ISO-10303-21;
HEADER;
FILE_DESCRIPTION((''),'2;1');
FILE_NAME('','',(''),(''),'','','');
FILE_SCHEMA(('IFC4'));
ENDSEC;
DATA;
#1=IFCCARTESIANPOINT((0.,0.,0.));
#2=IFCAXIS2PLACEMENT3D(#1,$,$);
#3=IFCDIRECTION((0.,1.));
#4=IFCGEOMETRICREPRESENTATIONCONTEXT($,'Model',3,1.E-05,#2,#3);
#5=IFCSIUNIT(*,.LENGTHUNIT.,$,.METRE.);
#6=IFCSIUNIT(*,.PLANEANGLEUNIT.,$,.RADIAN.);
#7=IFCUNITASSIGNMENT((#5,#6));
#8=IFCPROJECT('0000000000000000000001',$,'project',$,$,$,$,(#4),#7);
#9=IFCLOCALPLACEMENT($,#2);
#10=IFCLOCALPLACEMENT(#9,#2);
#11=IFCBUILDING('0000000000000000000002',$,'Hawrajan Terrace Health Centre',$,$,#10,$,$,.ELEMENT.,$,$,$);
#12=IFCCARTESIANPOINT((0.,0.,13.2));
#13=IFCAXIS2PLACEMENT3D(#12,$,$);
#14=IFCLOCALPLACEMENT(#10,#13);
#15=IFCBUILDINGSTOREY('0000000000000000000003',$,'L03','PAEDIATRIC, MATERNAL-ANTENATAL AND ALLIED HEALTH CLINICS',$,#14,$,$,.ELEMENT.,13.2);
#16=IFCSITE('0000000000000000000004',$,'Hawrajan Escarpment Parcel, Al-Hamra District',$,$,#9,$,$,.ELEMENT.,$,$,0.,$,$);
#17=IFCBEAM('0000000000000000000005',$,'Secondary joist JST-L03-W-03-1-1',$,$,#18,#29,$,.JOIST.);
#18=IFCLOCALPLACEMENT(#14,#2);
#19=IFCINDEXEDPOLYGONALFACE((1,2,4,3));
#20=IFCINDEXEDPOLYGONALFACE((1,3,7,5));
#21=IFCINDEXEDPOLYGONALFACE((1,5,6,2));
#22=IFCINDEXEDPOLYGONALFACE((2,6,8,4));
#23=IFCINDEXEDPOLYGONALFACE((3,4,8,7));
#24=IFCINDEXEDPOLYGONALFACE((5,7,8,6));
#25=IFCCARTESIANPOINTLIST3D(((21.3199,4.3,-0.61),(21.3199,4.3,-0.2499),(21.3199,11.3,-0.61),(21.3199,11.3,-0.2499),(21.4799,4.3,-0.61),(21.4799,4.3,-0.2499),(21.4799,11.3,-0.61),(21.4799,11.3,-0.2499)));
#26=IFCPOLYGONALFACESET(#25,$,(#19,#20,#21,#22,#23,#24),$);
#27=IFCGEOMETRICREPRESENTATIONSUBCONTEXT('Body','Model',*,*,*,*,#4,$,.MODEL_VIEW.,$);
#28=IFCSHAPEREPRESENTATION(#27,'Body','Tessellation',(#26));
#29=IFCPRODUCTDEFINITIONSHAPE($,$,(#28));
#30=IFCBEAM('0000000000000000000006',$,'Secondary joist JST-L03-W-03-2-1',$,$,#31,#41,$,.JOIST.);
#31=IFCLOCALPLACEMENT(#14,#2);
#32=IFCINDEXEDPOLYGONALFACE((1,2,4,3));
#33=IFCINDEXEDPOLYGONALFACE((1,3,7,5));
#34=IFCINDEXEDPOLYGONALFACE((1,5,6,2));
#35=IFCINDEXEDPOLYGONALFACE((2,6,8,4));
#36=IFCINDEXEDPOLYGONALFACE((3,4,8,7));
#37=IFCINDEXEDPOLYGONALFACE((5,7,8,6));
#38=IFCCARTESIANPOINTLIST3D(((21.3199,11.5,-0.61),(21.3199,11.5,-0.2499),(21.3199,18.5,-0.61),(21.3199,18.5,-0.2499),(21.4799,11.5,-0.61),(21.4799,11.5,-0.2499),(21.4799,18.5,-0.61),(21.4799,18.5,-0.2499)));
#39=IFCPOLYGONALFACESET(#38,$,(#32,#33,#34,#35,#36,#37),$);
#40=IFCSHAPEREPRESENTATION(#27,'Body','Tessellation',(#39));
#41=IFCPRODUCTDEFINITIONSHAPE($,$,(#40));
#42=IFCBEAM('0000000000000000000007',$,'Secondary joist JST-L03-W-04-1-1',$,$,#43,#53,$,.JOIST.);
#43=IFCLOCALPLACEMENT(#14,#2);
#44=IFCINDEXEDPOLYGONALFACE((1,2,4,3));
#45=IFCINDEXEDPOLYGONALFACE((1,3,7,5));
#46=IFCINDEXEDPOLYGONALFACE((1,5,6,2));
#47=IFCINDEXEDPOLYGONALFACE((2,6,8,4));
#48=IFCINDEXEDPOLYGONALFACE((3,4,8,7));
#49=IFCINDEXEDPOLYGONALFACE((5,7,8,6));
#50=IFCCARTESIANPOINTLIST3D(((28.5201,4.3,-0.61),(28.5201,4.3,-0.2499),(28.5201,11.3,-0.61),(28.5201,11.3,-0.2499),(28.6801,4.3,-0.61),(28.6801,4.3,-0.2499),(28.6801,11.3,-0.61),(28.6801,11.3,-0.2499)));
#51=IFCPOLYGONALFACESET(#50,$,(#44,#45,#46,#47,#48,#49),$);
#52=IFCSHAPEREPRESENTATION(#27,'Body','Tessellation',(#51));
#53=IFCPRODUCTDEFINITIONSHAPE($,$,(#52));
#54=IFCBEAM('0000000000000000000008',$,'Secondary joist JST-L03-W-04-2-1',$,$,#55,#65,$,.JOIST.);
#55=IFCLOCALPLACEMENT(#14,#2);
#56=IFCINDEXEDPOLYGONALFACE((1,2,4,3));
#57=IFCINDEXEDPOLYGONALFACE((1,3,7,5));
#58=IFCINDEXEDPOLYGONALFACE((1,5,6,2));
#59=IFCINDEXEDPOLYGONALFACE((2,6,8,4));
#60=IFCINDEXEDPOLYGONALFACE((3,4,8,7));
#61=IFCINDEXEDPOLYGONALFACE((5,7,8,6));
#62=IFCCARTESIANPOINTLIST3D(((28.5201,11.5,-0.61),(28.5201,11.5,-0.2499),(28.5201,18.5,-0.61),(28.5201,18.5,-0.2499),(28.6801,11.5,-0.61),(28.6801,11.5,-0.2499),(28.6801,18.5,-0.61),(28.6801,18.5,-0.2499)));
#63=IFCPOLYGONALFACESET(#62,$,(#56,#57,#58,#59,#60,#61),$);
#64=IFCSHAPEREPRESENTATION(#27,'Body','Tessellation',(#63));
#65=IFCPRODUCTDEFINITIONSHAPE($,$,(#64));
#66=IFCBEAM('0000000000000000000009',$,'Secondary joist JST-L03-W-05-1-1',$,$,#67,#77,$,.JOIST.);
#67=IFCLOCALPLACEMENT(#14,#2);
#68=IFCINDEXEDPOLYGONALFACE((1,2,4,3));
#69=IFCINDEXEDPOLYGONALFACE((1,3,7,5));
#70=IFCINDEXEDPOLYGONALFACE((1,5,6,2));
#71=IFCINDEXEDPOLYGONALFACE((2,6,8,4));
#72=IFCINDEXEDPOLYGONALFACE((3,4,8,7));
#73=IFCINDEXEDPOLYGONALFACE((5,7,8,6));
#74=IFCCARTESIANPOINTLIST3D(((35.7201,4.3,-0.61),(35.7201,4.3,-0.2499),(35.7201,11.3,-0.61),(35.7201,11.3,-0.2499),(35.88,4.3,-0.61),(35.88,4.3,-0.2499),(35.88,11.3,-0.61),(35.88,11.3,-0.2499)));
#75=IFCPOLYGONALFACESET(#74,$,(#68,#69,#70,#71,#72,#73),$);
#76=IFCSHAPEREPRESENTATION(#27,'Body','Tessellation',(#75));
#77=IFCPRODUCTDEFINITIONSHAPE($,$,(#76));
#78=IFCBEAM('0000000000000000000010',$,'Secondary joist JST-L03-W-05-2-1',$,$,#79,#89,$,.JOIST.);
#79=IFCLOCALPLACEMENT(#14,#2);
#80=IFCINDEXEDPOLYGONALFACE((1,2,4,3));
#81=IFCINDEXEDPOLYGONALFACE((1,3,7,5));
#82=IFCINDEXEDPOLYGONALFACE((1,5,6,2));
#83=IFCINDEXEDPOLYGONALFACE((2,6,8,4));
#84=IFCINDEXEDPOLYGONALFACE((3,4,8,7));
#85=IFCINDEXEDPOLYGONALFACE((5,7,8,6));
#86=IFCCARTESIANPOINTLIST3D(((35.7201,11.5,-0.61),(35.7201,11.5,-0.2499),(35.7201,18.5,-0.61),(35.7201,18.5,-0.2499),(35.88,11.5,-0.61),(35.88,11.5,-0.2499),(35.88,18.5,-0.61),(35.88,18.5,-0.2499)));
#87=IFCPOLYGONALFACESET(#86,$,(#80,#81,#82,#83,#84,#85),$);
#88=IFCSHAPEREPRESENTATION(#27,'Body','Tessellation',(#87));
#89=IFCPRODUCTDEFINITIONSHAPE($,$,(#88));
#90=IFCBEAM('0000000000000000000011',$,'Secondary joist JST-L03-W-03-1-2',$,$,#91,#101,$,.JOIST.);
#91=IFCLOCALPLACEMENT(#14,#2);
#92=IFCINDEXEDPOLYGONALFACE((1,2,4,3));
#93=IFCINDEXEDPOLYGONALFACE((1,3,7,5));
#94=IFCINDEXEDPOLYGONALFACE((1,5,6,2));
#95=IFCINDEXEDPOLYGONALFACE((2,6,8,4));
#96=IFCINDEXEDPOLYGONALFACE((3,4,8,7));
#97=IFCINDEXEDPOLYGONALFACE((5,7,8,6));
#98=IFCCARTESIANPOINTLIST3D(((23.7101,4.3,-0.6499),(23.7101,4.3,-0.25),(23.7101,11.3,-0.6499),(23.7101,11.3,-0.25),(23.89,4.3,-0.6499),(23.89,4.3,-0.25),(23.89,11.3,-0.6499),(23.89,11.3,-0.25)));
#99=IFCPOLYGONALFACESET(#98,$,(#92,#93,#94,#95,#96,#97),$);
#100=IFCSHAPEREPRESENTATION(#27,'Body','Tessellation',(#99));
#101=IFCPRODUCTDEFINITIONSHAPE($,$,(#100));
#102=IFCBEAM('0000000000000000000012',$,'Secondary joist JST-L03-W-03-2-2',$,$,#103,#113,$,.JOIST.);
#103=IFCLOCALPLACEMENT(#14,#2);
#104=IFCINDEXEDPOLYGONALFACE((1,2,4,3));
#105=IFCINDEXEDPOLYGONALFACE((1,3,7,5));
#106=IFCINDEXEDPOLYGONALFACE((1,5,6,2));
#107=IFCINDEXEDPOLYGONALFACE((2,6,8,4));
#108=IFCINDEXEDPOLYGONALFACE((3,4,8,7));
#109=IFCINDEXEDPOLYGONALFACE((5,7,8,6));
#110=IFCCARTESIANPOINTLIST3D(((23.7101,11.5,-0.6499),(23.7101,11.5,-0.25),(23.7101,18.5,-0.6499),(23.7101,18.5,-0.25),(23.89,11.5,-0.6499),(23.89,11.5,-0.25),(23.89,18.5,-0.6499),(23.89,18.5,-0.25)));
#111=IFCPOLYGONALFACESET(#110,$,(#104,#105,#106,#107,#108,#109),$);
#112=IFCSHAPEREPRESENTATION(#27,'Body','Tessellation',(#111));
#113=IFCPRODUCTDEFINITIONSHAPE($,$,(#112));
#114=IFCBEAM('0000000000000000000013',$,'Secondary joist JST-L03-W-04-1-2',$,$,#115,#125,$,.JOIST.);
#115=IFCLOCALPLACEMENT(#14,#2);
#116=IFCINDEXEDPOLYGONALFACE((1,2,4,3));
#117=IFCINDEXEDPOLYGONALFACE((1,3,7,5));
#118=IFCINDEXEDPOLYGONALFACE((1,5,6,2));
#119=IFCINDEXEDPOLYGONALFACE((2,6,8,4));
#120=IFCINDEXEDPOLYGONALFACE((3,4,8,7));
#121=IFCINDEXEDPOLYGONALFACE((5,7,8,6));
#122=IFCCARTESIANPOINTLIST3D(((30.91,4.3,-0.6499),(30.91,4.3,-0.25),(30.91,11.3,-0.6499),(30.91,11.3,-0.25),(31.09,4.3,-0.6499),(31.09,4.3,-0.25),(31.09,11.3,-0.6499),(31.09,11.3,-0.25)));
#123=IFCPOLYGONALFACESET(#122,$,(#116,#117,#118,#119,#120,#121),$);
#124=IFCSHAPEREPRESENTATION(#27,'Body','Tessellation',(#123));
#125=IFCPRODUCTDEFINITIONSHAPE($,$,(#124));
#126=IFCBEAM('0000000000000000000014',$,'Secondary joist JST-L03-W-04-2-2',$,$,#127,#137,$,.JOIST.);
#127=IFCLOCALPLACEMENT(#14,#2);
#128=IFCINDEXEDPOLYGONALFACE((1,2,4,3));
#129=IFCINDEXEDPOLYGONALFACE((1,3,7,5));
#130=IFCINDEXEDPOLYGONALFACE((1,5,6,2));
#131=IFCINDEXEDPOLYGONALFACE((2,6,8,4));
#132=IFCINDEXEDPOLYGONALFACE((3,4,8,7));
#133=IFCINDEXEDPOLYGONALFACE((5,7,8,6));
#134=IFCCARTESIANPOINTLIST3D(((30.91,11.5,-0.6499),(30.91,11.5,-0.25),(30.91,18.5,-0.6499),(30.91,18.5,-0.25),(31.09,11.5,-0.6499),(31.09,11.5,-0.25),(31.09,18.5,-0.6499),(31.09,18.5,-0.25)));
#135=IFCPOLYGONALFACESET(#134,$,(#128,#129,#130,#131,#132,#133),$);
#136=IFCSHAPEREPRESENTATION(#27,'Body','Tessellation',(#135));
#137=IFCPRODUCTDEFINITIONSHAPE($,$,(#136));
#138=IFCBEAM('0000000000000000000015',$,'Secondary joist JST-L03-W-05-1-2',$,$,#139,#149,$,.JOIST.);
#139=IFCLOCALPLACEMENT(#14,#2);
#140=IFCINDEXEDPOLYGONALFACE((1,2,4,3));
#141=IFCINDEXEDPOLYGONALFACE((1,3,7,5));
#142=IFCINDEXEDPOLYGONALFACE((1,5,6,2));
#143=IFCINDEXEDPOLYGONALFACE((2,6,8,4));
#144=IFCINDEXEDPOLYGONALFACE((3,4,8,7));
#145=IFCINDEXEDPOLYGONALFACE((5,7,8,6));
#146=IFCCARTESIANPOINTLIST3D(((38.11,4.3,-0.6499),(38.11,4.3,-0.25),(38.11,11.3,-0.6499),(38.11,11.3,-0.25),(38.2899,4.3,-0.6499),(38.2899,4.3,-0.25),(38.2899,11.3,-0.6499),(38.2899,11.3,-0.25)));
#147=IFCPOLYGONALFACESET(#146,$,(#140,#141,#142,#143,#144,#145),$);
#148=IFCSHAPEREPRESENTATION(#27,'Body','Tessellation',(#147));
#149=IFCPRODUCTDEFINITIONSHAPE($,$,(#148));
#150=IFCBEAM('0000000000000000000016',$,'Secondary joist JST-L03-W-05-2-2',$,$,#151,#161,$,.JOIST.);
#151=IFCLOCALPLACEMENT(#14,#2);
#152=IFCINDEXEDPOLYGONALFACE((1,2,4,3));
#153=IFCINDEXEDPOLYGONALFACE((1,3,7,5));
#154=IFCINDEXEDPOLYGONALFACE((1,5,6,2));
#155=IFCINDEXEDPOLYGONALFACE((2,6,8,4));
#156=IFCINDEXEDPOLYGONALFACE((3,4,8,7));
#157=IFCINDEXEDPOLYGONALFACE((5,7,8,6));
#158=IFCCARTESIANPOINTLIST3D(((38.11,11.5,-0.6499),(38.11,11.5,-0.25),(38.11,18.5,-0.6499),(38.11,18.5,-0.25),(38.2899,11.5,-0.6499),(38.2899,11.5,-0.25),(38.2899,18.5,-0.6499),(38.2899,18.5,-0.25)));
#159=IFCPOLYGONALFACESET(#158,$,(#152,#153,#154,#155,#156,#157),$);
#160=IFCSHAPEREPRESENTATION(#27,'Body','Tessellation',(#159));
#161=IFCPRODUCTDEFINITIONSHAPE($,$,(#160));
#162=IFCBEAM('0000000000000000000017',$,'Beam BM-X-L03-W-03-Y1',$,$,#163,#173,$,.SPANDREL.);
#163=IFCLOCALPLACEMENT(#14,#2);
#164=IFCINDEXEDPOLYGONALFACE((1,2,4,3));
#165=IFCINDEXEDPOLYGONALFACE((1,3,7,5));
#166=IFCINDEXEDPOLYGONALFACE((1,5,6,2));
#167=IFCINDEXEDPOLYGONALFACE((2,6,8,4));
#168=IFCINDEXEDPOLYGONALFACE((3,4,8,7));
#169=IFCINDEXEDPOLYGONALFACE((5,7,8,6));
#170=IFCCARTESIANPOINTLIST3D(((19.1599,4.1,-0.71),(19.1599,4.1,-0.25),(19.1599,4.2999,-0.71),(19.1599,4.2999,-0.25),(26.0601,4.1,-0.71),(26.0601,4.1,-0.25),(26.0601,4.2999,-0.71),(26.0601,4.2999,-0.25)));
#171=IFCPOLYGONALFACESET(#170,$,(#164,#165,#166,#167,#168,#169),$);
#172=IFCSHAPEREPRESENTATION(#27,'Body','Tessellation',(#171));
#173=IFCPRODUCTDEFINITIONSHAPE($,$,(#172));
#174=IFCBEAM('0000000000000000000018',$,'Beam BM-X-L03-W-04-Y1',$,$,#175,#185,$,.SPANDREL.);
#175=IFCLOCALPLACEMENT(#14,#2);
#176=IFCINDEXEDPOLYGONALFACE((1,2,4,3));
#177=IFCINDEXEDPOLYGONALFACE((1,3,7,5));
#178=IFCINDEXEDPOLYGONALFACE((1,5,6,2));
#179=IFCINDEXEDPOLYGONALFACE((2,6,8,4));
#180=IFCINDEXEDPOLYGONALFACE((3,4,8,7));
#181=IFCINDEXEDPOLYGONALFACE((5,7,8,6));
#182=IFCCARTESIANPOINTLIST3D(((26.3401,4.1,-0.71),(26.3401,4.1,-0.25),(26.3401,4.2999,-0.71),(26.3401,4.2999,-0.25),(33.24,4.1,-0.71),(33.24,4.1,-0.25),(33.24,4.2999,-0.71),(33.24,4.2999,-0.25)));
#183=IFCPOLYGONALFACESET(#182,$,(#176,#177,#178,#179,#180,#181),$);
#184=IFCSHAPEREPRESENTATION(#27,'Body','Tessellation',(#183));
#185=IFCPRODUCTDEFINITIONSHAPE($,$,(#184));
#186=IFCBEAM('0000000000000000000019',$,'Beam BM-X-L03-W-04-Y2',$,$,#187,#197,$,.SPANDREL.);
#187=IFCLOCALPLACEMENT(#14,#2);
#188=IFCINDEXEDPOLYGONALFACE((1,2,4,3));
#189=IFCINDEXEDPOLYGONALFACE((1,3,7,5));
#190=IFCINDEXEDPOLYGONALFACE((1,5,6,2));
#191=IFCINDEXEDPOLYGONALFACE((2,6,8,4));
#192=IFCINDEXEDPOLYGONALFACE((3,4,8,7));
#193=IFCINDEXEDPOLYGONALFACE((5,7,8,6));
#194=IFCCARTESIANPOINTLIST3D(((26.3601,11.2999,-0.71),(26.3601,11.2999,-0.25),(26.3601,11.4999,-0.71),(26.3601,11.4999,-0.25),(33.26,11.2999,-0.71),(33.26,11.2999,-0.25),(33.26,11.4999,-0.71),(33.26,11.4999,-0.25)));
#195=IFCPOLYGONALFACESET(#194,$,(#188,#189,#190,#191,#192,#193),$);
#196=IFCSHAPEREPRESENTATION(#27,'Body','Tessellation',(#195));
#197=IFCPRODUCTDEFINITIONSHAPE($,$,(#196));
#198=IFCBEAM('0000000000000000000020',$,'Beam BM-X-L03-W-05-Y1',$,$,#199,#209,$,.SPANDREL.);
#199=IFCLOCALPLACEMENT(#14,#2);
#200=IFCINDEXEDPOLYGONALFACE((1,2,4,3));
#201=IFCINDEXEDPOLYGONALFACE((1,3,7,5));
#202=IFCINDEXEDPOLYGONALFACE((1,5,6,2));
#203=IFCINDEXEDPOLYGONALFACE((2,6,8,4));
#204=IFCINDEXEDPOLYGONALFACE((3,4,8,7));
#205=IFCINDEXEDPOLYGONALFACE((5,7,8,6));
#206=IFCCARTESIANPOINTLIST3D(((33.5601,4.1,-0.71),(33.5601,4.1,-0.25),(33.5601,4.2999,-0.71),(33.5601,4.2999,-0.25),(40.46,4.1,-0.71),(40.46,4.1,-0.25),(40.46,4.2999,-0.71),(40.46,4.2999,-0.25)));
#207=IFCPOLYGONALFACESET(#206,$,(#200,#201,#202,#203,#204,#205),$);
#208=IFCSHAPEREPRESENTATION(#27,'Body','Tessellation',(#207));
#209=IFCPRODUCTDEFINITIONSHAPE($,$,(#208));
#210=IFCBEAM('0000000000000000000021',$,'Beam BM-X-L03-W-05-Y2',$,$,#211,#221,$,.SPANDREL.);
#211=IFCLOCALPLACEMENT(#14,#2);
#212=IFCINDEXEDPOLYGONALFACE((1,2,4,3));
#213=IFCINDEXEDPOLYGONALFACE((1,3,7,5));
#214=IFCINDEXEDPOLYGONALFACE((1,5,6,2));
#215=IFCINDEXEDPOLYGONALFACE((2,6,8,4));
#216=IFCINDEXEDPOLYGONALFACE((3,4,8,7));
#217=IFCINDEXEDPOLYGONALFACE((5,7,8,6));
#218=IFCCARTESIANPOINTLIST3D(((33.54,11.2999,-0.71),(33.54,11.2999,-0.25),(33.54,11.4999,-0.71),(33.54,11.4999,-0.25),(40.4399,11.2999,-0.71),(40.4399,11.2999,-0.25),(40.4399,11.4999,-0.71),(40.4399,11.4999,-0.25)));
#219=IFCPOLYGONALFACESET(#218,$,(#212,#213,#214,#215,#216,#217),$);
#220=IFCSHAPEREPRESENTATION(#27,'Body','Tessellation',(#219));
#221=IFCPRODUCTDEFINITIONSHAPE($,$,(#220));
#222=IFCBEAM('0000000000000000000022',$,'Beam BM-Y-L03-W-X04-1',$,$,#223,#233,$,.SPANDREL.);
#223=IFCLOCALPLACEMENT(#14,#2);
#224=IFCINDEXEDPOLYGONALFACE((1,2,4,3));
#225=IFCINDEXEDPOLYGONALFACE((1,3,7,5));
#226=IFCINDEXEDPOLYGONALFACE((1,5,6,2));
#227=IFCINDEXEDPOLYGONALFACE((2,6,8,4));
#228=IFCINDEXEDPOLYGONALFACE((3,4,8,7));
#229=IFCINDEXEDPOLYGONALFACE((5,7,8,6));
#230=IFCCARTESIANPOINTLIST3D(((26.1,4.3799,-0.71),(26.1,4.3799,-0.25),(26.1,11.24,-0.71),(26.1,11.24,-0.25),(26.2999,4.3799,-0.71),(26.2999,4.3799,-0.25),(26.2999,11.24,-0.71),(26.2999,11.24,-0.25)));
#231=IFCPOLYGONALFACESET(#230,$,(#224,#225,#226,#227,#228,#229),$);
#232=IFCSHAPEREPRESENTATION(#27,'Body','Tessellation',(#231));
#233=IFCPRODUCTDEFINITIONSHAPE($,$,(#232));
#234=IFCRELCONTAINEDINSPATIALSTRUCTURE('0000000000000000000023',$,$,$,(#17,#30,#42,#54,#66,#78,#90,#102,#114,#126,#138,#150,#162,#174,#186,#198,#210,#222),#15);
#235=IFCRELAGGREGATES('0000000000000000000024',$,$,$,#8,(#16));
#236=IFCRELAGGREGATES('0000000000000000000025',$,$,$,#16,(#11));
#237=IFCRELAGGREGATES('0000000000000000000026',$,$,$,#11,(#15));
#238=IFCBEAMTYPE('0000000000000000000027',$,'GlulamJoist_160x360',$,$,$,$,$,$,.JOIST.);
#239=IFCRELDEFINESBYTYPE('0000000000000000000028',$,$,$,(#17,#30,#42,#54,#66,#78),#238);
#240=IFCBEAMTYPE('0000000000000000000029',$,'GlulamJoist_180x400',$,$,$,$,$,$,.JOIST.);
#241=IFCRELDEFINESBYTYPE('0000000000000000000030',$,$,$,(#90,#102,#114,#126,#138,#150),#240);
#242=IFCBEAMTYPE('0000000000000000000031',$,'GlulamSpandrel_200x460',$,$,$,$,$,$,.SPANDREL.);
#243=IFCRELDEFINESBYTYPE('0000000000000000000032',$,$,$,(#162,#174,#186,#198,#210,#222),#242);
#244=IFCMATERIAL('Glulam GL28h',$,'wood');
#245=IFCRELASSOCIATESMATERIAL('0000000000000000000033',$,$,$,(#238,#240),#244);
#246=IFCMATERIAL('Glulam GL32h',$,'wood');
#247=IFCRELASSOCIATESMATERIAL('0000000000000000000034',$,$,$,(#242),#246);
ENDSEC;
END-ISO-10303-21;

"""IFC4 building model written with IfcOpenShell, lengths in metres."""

from ifc_helpers import new_model, si_unit, direction, frame, origin, origin_2d, place, context, subcontext, project, spatial, rectangle, extrude, material, material_profile, profile_set, type_object, element, save


model = new_model("IFC4")

# Units and contexts
model_context = context("Model", 3, precision=1e-05, world=origin(), true_north=direction((0.0, 1.0)))
body_context = subcontext(model_context, "Body", "Model", "MODEL_VIEW")
ifc_project = project(units=[si_unit("LENGTHUNIT", "METRE"), si_unit("PLANEANGLEUNIT", "RADIAN")], contexts=[model_context])

# Site, building, storey
site_placement = place(None, origin())
site = spatial("IfcSite", under=ifc_project, at=site_placement, Name="Hawrajan Escarpment Parcel, Al-Hamra District", CompositionType="ELEMENT", RefElevation=0.0)
building_placement = place(site_placement, origin())
building = spatial("IfcBuilding", under=site, at=building_placement, Name="Hawrajan Terrace Health Centre", CompositionType="ELEMENT")
storey_placement = place(building_placement, frame((0.0, 0.0, 13.2)))
storey = spatial("IfcBuildingStorey", under=building, at=storey_placement, Name="L03", Description="PAEDIATRIC, MATERNAL-ANTENATAL AND ALLIED HEALTH CLINICS", CompositionType="ELEMENT", Elevation=13.2)

# Beams
ifc_material_1 = material(Name="Glulam GL28h", Category="wood")
ifc_material_profile_1 = material_profile(ifc_material_1, rectangle(XDim=0.1599, YDim=0.3601, at=origin_2d()), Name="GL JST 160x360")
ifc_profile_set_1 = profile_set([ifc_material_profile_1], Name="Glulam GL28h")
beam_type_1 = type_object("IfcBeamType", Name="GlulamJoist_160x360", PredefinedType="JOIST", material=ifc_profile_set_1)
for number, where, z_axis, x_axis, name in (
    (1, (21.3999, 4.3, -0.4299), (0.0, 1.0, 0.0), (-1.0, 0.0, 0.0), "Secondary joist JST-L03-W-03-1-1"),
    (2, (21.3999, 11.5, -0.4299), (0.0, 1.0, 0.0), (-1.0, 0.0, 0.0), "Secondary joist JST-L03-W-03-2-1"),
    (3, (28.6001, 4.3, -0.4299), (0.0, 1.0, 0.0), (-1.0, 0.0, 0.0), "Secondary joist JST-L03-W-04-1-1"),
    (4, (28.6001, 11.5, -0.4299), (0.0, 1.0, 0.0), (-1.0, 0.0, 0.0), "Secondary joist JST-L03-W-04-2-1"),
    (5, (35.8, 4.3, -0.4299), (0.0, 1.0, 0.0), (-1.0, 0.0, 0.0), "Secondary joist JST-L03-W-05-1-1"),
    (6, (35.8, 11.5, -0.4299), (0.0, 1.0, 0.0), (-1.0, 0.0, 0.0), "Secondary joist JST-L03-W-05-2-1"),
):
    element("IfcBeam", number, at=place(storey_placement, frame(where, z_axis=z_axis, x_axis=x_axis)), inside=storey, type_object=beam_type_1, Name=name, PredefinedType="JOIST", context=body_context, shape_type="SweptSolid", body=[
        extrude(rectangle(XDim=0.1599, YDim=0.3601, at=origin_2d()), origin(), (0.0, 0.0, 1.0), 7.0),
    ])
ifc_material_profile_2 = material_profile(ifc_material_1, rectangle(XDim=0.1799, YDim=0.3999, at=origin_2d()), Name="GL JST 180x400")
ifc_profile_set_2 = profile_set([ifc_material_profile_2], Name="Glulam GL28h")
beam_type_2 = type_object("IfcBeamType", Name="GlulamJoist_180x400", PredefinedType="JOIST", material=ifc_profile_set_2)
for number, where, z_axis, x_axis, name in (
    (7, (23.8, 4.3, -0.45), (0.0, 1.0, 0.0), (-1.0, 0.0, 0.0), "Secondary joist JST-L03-W-03-1-2"),
    (8, (23.8, 11.5, -0.45), (0.0, 1.0, 0.0), (-1.0, 0.0, 0.0), "Secondary joist JST-L03-W-03-2-2"),
    (9, (31.0, 4.3, -0.45), (0.0, 1.0, 0.0), (-1.0, 0.0, 0.0), "Secondary joist JST-L03-W-04-1-2"),
    (10, (31.0, 11.5, -0.45), (0.0, 1.0, 0.0), (-1.0, 0.0, 0.0), "Secondary joist JST-L03-W-04-2-2"),
    (11, (38.2, 4.3, -0.45), (0.0, 1.0, 0.0), (-1.0, 0.0, 0.0), "Secondary joist JST-L03-W-05-1-2"),
    (12, (38.2, 11.5, -0.45), (0.0, 1.0, 0.0), (-1.0, 0.0, 0.0), "Secondary joist JST-L03-W-05-2-2"),
):
    element("IfcBeam", number, at=place(storey_placement, frame(where, z_axis=z_axis, x_axis=x_axis)), inside=storey, type_object=beam_type_2, Name=name, PredefinedType="JOIST", context=body_context, shape_type="SweptSolid", body=[
        extrude(rectangle(XDim=0.1799, YDim=0.3999, at=origin_2d()), origin(), (0.0, 0.0, 1.0), 7.0),
    ])
ifc_material_2 = material(Name="Glulam GL32h", Category="wood")
ifc_material_profile_3 = material_profile(ifc_material_2, rectangle(XDim=0.2, YDim=0.46, at=origin_2d()), Name="GL SP 200x460")
ifc_profile_set_3 = profile_set([ifc_material_profile_3], Name="Glulam GL32h")
beam_type_3 = type_object("IfcBeamType", Name="GlulamSpandrel_200x460", PredefinedType="SPANDREL", material=ifc_profile_set_3)
beam_1_placement = place(storey_placement, frame((19.1599, 4.2, -0.48), z_axis=(1.0, 0.0, 0.0), x_axis=(0.0, 1.0, 0.0)))
element("IfcBeam", 13, at=beam_1_placement, inside=storey, type_object=beam_type_3, Name="Beam BM-X-L03-W-03-Y1", PredefinedType="SPANDREL", context=body_context, shape_type="SweptSolid", body=[
    extrude(rectangle(XDim=0.2, YDim=0.46, at=origin_2d()), origin(), (0.0, 0.0, 1.0), 6.9001),
])
for number, where, z_axis, x_axis, name in (
    (14, (26.3401, 4.2, -0.48), (1.0, 0.0, 0.0), (0.0, 1.0, 0.0), "Beam BM-X-L03-W-04-Y1"),
    (15, (26.3601, 11.3999, -0.48), (1.0, 0.0, 0.0), (0.0, 1.0, 0.0), "Beam BM-X-L03-W-04-Y2"),
    (16, (33.5601, 4.2, -0.48), (1.0, 0.0, 0.0), (0.0, 1.0, 0.0), "Beam BM-X-L03-W-05-Y1"),
    (17, (33.54, 11.3999, -0.48), (1.0, 0.0, 0.0), (0.0, 1.0, 0.0), "Beam BM-X-L03-W-05-Y2"),
):
    element("IfcBeam", number, at=place(storey_placement, frame(where, z_axis=z_axis, x_axis=x_axis)), inside=storey, type_object=beam_type_3, Name=name, PredefinedType="SPANDREL", context=body_context, shape_type="SweptSolid", body=[
        extrude(rectangle(XDim=0.2, YDim=0.46, at=origin_2d()), origin(), (0.0, 0.0, 1.0), 6.8999),
    ])
beam_2_placement = place(storey_placement, frame((26.2, 4.3799, -0.48), z_axis=(0.0, 1.0, 0.0), x_axis=(-1.0, 0.0, 0.0)))
element("IfcBeam", 18, at=beam_2_placement, inside=storey, type_object=beam_type_3, Name="Beam BM-Y-L03-W-X04-1", PredefinedType="SPANDREL", context=body_context, shape_type="SweptSolid", body=[
    extrude(rectangle(XDim=0.2, YDim=0.46, at=origin_2d()), origin(), (0.0, 0.0, 1.0), 6.8601),
])

save(model, "model.ifc")
